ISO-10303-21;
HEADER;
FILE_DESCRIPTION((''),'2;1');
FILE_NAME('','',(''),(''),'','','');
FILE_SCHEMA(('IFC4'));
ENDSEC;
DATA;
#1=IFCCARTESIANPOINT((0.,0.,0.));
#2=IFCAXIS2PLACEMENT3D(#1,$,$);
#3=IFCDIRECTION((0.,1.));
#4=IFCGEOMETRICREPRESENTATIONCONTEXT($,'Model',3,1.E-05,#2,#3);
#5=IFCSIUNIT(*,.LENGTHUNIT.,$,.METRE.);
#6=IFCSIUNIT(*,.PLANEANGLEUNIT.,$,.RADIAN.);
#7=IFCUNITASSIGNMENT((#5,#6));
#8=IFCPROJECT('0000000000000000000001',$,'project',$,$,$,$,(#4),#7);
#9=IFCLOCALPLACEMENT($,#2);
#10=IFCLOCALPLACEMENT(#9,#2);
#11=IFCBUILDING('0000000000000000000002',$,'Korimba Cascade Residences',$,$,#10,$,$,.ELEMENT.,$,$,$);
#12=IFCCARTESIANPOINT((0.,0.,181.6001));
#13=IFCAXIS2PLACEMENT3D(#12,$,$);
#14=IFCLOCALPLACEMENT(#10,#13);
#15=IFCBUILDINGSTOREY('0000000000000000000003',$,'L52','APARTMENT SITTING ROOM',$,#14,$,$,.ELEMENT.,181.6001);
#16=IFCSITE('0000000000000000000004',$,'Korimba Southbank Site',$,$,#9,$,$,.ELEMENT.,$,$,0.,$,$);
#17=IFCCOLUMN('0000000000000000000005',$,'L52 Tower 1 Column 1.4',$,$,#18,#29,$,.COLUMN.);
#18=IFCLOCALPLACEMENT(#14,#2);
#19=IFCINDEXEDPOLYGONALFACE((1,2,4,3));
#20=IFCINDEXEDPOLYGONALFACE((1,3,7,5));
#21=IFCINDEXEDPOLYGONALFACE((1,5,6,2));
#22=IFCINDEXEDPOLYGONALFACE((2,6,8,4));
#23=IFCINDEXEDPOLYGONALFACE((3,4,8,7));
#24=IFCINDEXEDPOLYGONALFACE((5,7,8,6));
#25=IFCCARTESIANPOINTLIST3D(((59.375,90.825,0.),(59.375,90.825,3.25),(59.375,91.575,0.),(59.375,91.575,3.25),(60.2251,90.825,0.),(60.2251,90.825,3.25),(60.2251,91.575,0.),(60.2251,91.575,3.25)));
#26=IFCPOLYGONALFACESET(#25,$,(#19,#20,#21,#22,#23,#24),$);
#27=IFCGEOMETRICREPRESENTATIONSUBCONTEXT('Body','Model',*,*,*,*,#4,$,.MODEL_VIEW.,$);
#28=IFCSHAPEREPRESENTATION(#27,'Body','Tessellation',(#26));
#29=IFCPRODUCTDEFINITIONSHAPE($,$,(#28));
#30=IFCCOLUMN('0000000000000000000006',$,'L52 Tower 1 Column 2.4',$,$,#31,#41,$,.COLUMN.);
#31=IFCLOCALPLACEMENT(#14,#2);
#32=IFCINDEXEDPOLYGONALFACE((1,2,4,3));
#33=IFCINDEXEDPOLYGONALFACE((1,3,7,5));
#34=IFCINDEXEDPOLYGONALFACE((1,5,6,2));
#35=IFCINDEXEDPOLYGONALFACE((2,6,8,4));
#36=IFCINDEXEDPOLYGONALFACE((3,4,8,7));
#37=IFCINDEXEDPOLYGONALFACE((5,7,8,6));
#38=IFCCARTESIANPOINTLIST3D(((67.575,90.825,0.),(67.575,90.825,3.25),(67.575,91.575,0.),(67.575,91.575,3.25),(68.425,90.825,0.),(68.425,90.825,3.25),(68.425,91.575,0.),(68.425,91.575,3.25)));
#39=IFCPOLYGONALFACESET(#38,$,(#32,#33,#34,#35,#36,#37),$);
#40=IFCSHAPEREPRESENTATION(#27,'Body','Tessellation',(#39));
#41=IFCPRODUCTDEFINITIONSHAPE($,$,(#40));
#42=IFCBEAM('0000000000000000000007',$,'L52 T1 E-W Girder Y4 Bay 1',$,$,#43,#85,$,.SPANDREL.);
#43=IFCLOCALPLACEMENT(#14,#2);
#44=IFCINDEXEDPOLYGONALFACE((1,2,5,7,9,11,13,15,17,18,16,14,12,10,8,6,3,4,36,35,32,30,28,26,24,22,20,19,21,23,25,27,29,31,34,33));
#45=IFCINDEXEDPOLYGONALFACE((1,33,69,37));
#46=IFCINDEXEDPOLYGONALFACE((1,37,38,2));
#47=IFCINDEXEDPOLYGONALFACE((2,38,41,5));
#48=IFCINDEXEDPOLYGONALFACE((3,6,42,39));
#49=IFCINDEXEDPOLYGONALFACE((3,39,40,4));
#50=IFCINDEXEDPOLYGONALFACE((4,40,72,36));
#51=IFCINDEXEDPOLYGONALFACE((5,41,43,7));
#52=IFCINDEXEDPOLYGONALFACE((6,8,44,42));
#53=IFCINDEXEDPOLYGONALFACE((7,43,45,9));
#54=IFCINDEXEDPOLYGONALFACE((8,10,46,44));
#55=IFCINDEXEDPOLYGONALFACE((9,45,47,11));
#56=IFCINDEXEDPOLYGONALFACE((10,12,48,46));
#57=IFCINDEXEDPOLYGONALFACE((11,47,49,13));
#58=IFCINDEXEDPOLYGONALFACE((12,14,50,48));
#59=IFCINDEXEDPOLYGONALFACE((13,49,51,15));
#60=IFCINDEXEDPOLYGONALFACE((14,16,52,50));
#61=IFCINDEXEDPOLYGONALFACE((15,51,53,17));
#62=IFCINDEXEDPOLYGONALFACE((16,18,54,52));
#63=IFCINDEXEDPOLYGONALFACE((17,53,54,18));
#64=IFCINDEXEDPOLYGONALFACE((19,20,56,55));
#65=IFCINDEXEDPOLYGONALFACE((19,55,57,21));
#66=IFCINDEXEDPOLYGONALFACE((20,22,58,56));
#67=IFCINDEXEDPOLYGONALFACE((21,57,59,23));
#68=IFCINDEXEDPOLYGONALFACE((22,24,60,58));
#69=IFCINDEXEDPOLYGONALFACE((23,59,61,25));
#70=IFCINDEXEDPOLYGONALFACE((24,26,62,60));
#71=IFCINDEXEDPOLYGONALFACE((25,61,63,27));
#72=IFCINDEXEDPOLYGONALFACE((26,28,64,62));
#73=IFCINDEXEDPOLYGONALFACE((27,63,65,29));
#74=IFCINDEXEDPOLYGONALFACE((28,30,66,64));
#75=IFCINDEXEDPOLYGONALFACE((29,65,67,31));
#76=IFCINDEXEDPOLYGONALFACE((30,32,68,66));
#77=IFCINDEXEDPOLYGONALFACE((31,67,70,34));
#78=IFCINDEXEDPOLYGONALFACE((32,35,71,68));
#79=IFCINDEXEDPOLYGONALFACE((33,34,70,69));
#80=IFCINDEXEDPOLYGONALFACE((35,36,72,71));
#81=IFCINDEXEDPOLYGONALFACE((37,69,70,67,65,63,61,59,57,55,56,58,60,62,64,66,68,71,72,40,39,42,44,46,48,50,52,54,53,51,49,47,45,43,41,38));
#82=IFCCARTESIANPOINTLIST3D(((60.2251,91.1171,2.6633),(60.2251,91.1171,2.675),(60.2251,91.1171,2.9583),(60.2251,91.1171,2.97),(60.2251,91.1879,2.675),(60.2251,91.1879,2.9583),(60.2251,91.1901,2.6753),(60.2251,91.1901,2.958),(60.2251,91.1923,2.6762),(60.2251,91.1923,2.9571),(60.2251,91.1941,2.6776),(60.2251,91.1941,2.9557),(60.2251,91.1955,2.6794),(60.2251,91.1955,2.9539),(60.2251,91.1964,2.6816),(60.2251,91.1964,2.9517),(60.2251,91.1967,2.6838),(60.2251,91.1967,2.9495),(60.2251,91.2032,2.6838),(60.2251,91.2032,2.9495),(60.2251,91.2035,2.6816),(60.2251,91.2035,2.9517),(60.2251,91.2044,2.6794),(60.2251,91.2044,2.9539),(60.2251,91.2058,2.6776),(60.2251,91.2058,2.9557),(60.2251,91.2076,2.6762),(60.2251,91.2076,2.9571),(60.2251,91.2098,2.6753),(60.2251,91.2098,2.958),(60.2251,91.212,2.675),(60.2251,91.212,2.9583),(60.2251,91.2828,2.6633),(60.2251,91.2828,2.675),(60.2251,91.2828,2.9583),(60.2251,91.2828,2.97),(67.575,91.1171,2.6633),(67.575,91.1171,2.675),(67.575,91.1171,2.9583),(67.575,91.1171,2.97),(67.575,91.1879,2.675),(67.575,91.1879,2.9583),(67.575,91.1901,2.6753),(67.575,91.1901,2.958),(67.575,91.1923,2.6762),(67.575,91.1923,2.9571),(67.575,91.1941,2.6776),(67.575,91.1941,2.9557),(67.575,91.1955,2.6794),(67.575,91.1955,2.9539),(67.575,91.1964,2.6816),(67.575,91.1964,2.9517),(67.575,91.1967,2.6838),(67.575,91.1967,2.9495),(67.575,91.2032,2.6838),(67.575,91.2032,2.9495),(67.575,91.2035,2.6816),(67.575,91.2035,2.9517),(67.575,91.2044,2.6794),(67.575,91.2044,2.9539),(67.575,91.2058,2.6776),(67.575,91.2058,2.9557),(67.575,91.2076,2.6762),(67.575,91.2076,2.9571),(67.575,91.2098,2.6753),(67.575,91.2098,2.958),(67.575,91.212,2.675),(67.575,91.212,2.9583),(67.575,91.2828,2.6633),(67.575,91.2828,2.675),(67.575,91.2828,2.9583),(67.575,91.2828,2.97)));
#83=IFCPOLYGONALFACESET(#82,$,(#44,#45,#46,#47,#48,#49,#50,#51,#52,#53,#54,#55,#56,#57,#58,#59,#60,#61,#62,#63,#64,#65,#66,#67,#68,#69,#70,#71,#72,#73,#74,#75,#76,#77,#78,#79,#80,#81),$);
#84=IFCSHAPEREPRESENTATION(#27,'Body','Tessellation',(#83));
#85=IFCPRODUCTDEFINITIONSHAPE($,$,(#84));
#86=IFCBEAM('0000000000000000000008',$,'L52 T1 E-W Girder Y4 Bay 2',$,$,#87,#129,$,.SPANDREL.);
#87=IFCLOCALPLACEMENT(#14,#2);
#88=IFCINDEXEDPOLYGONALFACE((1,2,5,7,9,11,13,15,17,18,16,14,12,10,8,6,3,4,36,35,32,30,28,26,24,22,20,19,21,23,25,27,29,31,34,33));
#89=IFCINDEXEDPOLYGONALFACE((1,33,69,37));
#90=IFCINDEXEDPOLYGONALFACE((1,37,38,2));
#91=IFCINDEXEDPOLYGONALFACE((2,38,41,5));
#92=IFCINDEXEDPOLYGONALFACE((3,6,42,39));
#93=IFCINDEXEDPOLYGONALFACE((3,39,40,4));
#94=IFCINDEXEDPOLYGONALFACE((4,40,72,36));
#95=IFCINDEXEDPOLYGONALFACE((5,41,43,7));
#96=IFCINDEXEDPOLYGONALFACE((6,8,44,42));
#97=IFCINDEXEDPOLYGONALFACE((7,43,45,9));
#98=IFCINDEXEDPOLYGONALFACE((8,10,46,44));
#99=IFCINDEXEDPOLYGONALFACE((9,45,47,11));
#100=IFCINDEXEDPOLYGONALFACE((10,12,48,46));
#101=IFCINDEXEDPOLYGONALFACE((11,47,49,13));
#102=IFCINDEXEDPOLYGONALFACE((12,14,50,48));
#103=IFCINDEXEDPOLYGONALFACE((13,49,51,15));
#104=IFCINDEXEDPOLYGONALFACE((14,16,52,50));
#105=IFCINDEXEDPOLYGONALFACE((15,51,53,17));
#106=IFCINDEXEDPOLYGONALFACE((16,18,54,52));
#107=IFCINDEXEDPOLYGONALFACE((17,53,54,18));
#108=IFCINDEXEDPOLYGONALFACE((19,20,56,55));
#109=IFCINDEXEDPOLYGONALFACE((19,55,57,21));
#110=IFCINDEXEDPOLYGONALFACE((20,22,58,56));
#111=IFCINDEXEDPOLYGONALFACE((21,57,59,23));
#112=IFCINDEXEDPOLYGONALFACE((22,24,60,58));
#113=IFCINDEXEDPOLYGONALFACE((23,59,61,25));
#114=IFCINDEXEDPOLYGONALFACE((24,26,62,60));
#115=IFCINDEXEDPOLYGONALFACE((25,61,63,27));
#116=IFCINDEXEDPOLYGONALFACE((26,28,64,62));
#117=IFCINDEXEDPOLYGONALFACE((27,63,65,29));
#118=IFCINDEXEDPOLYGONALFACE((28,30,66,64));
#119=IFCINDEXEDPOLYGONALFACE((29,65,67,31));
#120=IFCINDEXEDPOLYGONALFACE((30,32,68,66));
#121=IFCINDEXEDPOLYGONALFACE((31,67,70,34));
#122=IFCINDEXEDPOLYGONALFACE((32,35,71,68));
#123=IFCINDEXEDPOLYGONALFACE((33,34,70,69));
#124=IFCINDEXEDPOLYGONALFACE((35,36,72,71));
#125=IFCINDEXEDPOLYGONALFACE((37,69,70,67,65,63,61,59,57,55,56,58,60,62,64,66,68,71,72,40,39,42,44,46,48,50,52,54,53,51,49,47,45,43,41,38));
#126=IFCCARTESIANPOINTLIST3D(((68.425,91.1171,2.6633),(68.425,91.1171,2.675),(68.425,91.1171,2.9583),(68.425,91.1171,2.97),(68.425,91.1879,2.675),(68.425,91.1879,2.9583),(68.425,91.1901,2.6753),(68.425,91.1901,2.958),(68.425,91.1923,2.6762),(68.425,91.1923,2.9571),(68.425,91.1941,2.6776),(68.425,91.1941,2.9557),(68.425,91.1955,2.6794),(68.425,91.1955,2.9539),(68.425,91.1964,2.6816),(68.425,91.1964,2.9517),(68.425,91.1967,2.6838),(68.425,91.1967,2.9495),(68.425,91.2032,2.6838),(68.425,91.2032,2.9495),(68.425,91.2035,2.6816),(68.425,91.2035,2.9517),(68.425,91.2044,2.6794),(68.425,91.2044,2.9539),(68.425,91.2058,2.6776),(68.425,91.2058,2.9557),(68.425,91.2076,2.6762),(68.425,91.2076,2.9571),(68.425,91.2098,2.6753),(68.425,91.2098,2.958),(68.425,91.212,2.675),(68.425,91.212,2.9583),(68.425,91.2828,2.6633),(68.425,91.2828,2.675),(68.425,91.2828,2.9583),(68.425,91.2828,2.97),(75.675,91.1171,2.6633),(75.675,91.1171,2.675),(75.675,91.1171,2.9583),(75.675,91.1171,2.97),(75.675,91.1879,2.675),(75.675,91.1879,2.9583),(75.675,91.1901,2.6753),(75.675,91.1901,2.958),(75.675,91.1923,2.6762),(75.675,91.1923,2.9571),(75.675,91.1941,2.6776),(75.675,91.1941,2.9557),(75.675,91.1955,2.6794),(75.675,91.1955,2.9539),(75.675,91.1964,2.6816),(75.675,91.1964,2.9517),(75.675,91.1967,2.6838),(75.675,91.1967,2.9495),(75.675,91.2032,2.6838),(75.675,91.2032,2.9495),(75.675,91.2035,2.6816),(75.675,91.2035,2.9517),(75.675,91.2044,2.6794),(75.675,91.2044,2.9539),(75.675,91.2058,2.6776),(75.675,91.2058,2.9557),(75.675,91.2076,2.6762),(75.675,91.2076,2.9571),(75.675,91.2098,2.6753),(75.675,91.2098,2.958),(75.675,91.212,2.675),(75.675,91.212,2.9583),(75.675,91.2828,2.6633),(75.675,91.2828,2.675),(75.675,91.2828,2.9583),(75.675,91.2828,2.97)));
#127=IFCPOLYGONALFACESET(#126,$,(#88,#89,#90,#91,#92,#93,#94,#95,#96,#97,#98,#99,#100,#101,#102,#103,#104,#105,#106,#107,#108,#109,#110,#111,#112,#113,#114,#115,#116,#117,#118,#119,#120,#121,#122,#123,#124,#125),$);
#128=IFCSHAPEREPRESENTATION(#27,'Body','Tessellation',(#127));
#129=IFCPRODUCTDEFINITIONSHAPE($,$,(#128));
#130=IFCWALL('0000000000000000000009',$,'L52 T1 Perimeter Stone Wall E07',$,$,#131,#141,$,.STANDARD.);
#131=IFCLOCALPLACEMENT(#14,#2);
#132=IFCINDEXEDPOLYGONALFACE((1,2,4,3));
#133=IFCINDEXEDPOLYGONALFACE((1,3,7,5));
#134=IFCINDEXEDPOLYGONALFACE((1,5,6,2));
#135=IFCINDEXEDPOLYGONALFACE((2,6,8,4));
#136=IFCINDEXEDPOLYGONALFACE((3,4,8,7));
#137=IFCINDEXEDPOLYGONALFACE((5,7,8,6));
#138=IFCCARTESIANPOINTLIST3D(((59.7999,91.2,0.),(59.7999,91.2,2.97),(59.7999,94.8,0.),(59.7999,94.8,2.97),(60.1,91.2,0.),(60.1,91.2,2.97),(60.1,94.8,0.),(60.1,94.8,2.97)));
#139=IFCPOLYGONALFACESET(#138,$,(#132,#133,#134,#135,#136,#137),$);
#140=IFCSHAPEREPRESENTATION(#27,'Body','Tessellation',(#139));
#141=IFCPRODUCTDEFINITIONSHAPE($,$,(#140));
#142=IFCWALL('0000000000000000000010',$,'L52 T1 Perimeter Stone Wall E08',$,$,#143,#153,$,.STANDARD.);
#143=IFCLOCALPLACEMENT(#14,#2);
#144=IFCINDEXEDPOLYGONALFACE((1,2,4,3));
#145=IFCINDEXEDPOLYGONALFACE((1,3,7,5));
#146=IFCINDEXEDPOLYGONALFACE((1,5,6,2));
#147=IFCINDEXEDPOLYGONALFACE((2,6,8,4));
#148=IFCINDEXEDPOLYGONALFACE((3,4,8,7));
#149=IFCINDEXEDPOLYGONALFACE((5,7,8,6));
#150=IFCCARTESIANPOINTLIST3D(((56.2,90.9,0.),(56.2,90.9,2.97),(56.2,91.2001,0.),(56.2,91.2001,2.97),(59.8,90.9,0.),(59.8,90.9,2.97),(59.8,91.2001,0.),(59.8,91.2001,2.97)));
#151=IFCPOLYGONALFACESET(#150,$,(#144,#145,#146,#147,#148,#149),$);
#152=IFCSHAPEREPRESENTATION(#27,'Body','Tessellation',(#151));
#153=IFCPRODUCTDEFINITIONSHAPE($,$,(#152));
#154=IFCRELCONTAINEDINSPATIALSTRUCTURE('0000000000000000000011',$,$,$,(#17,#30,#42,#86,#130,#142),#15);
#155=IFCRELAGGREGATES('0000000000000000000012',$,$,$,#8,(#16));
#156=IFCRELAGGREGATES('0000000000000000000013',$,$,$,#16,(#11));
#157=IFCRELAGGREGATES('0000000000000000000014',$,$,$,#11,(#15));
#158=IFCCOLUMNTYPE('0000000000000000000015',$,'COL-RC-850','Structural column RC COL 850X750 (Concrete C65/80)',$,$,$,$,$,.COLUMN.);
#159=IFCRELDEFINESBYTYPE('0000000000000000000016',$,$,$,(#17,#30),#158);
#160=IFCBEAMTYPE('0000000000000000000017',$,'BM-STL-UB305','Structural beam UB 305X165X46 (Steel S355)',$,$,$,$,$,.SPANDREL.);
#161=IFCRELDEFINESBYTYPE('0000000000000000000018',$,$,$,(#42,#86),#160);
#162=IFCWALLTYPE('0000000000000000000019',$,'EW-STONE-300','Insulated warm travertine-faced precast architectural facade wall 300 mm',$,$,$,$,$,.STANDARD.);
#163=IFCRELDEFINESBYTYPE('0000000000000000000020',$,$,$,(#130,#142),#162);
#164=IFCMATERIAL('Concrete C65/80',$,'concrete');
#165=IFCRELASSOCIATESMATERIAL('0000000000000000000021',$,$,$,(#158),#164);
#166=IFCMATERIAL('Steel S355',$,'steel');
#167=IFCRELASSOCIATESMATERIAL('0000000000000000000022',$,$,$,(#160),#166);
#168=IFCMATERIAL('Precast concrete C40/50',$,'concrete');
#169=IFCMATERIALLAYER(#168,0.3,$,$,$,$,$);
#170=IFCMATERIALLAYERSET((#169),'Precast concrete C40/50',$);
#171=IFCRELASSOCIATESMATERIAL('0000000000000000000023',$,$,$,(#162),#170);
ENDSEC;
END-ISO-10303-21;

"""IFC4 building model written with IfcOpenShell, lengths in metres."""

from ifc_helpers import new_model, si_unit, direction, frame, frame_2d, origin, origin_2d, place, context, subcontext, project, spatial, rectangle, i_section, extrude, material, layer, layer_set, material_profile, profile_set, type_object, element, save


model = new_model("IFC4")

# Units and contexts
model_context = context("Model", 3, precision=1e-05, world=origin(), true_north=direction((0.0, 1.0)))
body_context = subcontext(model_context, "Body", "Model", "MODEL_VIEW")
ifc_project = project(units=[si_unit("LENGTHUNIT", "METRE"), si_unit("PLANEANGLEUNIT", "RADIAN")], contexts=[model_context])

# Site, building, storey
site_placement = place(None, origin())
site = spatial("IfcSite", under=ifc_project, at=site_placement, Name="Korimba Southbank Site", CompositionType="ELEMENT", RefElevation=0.0)
building_placement = place(site_placement, origin())
building = spatial("IfcBuilding", under=site, at=building_placement, Name="Korimba Cascade Residences", CompositionType="ELEMENT")
storey_placement = place(building_placement, frame((0.0, 0.0, 181.6001)))
storey = spatial("IfcBuildingStorey", under=building, at=storey_placement, Name="L52", Description="APARTMENT SITTING ROOM", CompositionType="ELEMENT", Elevation=181.6001)

# Columns
ifc_material_1 = material(Name="Concrete C65/80", Category="concrete")
ifc_material_profile_1 = material_profile(ifc_material_1, rectangle(XDim=0.8501, YDim=0.75, at=origin_2d()), Name="Concrete C65/80")
ifc_profile_set_1 = profile_set([ifc_material_profile_1], Name="Concrete C65/80")
column_type = type_object("IfcColumnType", Name="COL-RC-850", Description="Structural column RC COL 850X750 (Concrete C65/80)", PredefinedType="COLUMN", material=ifc_profile_set_1)
for number, where, z_axis, x_axis, name in (
    (1, (59.8, 91.2, 0.0), (0.0, 0.0, 1.0), (1.0, 0.0, 0.0), "L52 Tower 1 Column 1.4"),
    (2, (68.0, 91.2, 0.0), (0.0, 0.0, 1.0), (1.0, 0.0, 0.0), "L52 Tower 1 Column 2.4"),
):
    element("IfcColumn", number, at=place(storey_placement, frame(where, z_axis=z_axis, x_axis=x_axis)), inside=storey, type_object=column_type, Name=name, PredefinedType="COLUMN", context=body_context, shape_type="SweptSolid", body=[
        extrude(rectangle(XDim=0.8501, YDim=0.75, at=origin_2d()), origin(), (0.0, 0.0, 1.0), 3.25),
    ])

# Beams
ifc_material_2 = material(Name="Steel S355", Category="steel")
ifc_material_profile_2 = material_profile(ifc_material_2, i_section(OverallWidth=0.1658, OverallDepth=0.3066, WebThickness=0.0066, FlangeThickness=0.0117, FilletRadius=0.0088, at=origin_2d()), Name="Steel S355")
ifc_profile_set_2 = profile_set([ifc_material_profile_2], Name="Steel S355")
beam_type = type_object("IfcBeamType", Name="BM-STL-UB305", Description="Structural beam UB 305X165X46 (Steel S355)", PredefinedType="SPANDREL", material=ifc_profile_set_2)
beam_1_placement = place(storey_placement, frame((60.2251, 91.2, 2.8167), z_axis=(1.0, 0.0, 0.0), x_axis=(0.0, 1.0, 0.0)))
element("IfcBeam", 3, at=beam_1_placement, inside=storey, type_object=beam_type, Name="L52 T1 E-W Girder Y4 Bay 1", PredefinedType="SPANDREL", context=body_context, shape_type="SweptSolid", body=[
    extrude(i_section(OverallWidth=0.1658, OverallDepth=0.3066, WebThickness=0.0066, FlangeThickness=0.0117, FilletRadius=0.0088, at=origin_2d()), origin(), (0.0, 0.0, 1.0), 7.3499),
])
beam_2_placement = place(storey_placement, frame((68.425, 91.2, 2.8167), z_axis=(1.0, 0.0, 0.0), x_axis=(0.0, 1.0, 0.0)))
element("IfcBeam", 4, at=beam_2_placement, inside=storey, type_object=beam_type, Name="L52 T1 E-W Girder Y4 Bay 2", PredefinedType="SPANDREL", context=body_context, shape_type="SweptSolid", body=[
    extrude(i_section(OverallWidth=0.1658, OverallDepth=0.3066, WebThickness=0.0066, FlangeThickness=0.0117, FilletRadius=0.0088, at=origin_2d()), origin(), (0.0, 0.0, 1.0), 7.25),
])

# Walls
ifc_material_3 = material(Name="Precast concrete C40/50", Category="concrete")
ifc_layer_1 = layer(ifc_material_3, 0.3)
ifc_layer_set_1 = layer_set([ifc_layer_1], Name="Precast concrete C40/50")
wall_type_1 = type_object("IfcWallType", Name="EW-STONE-300", Description="Insulated warm travertine-faced precast architectural facade wall 300 mm", PredefinedType="STANDARD", material=ifc_layer_set_1)
for number, where, z_axis, x_axis, name in (
    (5, (59.95, 94.8, 0.0), (0.0, 0.0, 1.0), (0.0, -1.0, 0.0), "L52 T1 Perimeter Stone Wall E07"),
    (6, (59.8, 91.05, 0.0), (0.0, 0.0, 1.0), (-1.0, 0.0, 0.0), "L52 T1 Perimeter Stone Wall E08"),
):
    element("IfcWall", number, at=place(storey_placement, frame(where, z_axis=z_axis, x_axis=x_axis)), inside=storey, type_object=wall_type_1, Name=name, PredefinedType="STANDARD", context=body_context, shape_type="SweptSolid", body=[
        extrude(rectangle(XDim=3.6001, YDim=0.3, at=frame_2d((1.8, 0.0))), origin(), (0.0, 0.0, 1.0), 2.97),
    ])

save(model, "model.ifc")
